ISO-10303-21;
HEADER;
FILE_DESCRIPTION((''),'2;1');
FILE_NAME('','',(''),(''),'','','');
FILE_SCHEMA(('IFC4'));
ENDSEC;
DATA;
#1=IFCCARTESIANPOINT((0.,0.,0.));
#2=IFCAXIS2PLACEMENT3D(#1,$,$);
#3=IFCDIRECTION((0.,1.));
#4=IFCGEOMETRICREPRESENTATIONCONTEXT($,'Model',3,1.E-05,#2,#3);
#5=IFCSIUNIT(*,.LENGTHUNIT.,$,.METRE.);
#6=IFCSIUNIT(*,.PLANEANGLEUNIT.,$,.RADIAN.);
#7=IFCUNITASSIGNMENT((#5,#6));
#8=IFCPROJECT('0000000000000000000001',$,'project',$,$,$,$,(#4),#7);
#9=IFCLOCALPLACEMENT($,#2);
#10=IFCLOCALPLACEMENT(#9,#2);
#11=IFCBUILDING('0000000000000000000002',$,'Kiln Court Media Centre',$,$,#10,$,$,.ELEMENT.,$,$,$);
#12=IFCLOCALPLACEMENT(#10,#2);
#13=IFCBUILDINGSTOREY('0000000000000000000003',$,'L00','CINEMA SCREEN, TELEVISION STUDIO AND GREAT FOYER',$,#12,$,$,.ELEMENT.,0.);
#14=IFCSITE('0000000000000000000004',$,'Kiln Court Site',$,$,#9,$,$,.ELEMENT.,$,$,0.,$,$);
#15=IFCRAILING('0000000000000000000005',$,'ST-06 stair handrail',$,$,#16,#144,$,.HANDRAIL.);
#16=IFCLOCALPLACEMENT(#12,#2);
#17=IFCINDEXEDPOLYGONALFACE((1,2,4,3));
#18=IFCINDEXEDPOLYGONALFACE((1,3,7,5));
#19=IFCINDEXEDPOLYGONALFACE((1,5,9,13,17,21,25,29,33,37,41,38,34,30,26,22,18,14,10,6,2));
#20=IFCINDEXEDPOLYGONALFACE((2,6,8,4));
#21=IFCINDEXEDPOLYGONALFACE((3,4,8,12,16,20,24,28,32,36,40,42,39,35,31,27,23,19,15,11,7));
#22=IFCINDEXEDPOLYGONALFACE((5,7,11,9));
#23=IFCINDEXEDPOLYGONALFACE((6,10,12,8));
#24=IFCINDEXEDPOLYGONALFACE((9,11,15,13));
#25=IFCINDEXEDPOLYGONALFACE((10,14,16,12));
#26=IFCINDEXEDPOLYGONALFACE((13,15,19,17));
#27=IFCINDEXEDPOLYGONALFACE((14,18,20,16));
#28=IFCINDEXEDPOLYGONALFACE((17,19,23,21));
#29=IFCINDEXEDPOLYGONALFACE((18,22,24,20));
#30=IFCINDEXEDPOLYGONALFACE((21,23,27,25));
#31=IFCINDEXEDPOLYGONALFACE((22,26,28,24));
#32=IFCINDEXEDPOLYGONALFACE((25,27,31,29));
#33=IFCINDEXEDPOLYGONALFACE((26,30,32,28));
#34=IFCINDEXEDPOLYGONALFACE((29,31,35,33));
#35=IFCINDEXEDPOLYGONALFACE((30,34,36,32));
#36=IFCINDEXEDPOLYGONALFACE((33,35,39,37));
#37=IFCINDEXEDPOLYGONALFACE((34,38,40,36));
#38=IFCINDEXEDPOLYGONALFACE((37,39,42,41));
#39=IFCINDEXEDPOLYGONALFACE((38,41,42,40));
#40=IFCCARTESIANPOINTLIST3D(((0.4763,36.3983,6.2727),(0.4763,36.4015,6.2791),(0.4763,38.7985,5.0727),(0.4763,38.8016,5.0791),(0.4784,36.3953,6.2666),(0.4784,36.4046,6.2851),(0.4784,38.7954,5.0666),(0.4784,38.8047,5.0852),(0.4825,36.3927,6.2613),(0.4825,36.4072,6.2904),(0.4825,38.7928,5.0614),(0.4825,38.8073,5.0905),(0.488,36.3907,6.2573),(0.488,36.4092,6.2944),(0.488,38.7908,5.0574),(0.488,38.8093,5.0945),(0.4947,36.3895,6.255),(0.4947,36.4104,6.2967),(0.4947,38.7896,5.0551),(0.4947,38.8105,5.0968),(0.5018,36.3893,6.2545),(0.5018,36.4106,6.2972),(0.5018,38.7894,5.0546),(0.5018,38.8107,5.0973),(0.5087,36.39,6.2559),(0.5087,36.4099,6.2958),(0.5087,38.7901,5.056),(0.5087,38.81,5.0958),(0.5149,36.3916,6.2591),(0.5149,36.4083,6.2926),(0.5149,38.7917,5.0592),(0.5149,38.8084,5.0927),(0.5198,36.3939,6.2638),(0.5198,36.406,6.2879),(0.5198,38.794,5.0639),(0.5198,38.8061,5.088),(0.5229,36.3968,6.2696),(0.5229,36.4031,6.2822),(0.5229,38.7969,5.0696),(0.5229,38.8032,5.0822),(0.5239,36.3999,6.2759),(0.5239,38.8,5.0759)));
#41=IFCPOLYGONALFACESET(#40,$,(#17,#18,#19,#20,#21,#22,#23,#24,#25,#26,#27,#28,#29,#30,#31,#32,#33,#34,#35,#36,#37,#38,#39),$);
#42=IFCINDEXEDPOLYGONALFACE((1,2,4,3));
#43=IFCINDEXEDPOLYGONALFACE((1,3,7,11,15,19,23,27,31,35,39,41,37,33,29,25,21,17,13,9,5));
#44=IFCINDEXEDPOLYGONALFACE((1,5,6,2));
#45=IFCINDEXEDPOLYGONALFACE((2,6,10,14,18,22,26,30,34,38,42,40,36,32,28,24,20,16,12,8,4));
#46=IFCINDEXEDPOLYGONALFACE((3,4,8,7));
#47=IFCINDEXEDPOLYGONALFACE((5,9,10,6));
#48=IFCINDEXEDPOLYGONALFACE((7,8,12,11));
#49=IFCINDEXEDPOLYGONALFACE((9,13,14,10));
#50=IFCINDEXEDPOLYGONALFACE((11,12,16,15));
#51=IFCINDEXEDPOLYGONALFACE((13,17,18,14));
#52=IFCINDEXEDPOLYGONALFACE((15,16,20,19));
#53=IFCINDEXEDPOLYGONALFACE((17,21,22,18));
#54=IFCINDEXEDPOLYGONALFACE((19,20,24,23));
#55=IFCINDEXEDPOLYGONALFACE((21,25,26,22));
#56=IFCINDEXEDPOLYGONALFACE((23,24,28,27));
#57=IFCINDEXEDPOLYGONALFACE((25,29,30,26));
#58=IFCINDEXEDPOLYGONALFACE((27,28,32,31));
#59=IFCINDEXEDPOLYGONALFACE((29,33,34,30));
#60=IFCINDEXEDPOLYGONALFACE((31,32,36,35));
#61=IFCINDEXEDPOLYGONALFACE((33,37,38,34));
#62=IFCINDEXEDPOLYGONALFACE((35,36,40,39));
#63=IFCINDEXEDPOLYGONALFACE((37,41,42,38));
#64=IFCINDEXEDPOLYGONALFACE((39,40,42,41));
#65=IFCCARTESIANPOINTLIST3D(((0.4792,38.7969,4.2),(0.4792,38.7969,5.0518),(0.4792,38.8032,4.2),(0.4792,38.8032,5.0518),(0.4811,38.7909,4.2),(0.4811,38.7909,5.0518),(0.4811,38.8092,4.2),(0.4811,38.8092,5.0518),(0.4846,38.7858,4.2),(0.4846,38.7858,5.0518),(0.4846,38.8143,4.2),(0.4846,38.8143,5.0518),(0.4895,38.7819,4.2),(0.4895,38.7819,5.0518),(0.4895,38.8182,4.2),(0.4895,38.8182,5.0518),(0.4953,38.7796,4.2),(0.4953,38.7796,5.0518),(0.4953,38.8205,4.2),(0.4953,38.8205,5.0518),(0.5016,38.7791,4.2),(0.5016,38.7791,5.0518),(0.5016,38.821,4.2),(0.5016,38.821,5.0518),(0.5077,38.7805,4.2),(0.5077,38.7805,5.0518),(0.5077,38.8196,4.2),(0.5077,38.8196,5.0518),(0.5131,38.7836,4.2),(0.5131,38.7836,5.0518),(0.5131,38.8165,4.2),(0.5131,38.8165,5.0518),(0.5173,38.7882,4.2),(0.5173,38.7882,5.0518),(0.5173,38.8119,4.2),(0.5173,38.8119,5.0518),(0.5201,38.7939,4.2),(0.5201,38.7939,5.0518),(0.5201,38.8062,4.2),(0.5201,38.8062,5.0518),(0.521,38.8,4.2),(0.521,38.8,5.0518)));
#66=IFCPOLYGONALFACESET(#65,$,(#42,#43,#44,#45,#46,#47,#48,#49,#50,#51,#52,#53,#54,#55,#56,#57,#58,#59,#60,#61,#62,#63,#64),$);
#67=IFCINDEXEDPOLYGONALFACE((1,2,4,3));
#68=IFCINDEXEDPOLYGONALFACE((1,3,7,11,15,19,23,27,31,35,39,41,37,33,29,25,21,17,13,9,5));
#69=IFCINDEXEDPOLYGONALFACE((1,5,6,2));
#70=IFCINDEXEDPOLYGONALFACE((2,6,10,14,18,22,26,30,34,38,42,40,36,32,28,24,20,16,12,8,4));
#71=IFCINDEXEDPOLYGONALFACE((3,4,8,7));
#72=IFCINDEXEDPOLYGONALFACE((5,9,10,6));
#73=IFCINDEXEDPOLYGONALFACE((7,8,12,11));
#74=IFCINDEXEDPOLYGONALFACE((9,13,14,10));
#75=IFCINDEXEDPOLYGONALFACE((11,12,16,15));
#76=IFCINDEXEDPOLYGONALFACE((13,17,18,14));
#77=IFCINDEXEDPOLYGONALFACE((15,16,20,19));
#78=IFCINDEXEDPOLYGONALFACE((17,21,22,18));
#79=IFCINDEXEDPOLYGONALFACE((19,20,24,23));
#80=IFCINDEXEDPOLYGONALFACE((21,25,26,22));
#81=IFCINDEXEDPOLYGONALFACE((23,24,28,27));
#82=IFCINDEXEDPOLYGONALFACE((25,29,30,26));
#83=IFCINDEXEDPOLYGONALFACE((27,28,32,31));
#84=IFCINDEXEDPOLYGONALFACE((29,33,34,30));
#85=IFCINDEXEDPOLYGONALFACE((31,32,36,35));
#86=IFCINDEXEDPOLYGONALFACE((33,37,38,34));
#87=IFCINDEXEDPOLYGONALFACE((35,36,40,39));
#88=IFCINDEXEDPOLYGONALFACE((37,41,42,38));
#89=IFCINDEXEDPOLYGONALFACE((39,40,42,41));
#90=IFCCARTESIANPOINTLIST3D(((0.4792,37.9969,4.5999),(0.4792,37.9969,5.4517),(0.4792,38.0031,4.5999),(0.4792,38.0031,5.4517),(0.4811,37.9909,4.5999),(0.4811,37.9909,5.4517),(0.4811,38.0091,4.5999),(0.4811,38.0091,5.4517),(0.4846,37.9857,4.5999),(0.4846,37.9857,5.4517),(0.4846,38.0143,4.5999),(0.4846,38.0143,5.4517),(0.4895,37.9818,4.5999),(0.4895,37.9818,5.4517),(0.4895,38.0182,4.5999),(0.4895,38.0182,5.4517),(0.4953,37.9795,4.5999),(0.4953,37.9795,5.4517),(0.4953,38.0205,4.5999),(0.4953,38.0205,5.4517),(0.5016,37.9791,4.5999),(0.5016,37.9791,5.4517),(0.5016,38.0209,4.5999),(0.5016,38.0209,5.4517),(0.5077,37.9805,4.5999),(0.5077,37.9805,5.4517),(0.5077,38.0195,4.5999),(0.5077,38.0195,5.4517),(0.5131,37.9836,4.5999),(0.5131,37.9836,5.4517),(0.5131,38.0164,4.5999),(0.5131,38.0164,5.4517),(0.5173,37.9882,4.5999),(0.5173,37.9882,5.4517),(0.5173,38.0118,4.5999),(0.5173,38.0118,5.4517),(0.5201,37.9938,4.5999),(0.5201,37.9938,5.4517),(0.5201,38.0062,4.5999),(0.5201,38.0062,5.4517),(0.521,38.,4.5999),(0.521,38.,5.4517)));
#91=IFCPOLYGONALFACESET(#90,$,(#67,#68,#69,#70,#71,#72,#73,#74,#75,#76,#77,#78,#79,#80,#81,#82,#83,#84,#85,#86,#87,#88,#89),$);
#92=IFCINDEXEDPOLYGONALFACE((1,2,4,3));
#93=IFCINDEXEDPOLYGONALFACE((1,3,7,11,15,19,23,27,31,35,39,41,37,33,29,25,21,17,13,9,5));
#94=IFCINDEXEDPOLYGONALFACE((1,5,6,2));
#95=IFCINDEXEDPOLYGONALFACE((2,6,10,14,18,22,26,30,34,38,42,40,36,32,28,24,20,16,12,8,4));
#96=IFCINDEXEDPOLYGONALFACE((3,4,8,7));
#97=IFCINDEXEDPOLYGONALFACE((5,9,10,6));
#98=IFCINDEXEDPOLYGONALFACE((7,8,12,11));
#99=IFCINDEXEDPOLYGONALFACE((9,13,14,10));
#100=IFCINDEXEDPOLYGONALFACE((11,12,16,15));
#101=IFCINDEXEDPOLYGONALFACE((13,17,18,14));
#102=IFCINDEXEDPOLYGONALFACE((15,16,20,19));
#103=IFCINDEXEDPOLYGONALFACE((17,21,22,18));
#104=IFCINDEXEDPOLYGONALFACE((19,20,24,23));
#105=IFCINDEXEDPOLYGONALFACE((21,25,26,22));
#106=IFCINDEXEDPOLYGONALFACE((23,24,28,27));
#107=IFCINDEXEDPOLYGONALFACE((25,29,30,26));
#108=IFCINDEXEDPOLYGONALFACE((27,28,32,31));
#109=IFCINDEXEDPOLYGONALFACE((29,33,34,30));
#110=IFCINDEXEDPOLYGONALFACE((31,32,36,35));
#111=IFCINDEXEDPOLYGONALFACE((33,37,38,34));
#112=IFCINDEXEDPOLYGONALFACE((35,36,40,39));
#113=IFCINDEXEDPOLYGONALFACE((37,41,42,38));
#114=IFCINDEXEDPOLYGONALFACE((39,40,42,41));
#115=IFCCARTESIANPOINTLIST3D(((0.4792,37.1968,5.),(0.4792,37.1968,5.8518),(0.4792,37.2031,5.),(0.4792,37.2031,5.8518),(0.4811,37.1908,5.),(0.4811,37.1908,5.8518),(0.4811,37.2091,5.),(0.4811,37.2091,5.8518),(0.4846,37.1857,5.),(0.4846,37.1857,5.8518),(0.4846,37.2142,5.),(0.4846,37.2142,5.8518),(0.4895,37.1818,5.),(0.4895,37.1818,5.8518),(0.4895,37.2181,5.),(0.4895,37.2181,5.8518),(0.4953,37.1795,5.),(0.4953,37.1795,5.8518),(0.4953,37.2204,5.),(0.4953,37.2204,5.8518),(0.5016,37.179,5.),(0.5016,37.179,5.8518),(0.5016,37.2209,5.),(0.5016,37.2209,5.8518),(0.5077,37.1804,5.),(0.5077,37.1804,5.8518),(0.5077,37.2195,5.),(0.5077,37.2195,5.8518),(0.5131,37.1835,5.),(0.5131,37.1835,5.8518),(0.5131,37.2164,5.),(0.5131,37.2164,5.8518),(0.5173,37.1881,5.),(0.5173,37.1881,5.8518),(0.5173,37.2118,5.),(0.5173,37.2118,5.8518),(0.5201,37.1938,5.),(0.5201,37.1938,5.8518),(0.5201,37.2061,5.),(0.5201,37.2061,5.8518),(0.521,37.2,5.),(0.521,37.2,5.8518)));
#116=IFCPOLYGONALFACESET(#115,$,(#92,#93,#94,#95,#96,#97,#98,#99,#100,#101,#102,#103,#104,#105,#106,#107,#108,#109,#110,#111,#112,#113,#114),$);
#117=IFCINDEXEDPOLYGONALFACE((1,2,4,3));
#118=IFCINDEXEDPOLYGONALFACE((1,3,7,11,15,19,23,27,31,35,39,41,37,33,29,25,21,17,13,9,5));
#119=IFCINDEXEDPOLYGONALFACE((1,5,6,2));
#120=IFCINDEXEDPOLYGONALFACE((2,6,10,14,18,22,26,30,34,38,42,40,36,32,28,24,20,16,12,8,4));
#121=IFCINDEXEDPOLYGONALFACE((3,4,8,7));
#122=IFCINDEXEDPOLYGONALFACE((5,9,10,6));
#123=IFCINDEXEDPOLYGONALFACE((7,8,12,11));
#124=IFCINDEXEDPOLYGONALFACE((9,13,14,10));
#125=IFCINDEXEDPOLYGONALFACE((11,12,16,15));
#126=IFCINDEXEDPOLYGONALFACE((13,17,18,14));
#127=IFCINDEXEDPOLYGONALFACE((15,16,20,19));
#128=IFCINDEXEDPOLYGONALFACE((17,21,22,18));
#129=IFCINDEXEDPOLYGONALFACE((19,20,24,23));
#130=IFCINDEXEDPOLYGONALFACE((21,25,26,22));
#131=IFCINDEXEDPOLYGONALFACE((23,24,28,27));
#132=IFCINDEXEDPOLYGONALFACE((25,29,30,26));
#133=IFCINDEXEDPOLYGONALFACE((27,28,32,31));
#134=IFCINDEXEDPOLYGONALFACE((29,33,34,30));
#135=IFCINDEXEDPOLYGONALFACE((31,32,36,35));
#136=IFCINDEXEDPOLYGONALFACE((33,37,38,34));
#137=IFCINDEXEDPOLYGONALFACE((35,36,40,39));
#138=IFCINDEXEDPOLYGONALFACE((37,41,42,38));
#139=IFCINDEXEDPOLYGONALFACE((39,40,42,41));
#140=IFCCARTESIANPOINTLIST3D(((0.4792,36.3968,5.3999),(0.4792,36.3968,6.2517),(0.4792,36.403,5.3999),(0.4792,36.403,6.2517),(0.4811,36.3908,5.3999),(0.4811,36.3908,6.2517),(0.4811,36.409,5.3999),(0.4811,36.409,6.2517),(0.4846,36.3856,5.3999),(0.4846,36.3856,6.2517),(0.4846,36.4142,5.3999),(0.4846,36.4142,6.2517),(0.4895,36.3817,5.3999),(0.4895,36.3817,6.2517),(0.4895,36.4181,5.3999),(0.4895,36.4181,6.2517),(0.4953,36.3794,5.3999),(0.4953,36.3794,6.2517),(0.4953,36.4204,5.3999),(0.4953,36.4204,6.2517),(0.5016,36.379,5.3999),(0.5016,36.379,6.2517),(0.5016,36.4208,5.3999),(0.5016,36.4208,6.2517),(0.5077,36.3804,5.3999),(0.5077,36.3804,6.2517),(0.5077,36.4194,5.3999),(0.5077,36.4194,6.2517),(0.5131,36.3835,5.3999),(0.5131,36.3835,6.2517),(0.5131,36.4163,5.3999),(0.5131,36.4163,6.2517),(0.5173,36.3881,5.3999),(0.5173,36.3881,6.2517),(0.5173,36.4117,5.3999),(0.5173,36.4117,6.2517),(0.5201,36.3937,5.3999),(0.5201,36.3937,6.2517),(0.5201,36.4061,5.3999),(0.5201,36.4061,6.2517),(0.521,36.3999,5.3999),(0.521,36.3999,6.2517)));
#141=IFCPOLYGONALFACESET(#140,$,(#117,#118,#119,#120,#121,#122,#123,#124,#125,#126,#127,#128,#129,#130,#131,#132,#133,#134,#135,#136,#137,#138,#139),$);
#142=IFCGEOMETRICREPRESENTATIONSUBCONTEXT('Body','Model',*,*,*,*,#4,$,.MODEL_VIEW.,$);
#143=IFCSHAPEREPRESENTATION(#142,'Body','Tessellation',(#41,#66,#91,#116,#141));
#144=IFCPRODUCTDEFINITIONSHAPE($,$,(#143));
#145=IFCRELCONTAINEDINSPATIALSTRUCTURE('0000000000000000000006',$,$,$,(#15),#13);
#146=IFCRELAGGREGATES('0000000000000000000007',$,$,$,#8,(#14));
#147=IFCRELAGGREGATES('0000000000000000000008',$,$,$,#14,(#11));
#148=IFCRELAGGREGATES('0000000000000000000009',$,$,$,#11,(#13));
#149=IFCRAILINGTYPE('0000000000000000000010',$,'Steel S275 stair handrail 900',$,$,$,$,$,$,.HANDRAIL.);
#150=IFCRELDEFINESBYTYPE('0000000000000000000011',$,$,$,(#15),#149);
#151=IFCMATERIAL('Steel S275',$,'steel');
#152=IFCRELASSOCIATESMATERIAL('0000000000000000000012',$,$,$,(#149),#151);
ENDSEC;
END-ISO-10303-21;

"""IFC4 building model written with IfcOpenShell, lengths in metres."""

from ifc_helpers import new_model, si_unit, direction, frame, origin, origin_2d, place, context, subcontext, project, spatial, circle, extrude, material, type_object, element, save


model = new_model("IFC4")

# Units and contexts
model_context = context("Model", 3, precision=1e-05, world=origin(), true_north=direction((0.0, 1.0)))
body_context = subcontext(model_context, "Body", "Model", "MODEL_VIEW")
ifc_project = project(units=[si_unit("LENGTHUNIT", "METRE"), si_unit("PLANEANGLEUNIT", "RADIAN")], contexts=[model_context])

# Site, building, storey
site_placement = place(None, origin())
site = spatial("IfcSite", under=ifc_project, at=site_placement, Name="Kiln Court Site", CompositionType="ELEMENT", RefElevation=0.0)
building_placement = place(site_placement, origin())
building = spatial("IfcBuilding", under=site, at=building_placement, Name="Kiln Court Media Centre", CompositionType="ELEMENT")
storey_placement = place(building_placement, origin())
storey = spatial("IfcBuildingStorey", under=building, at=storey_placement, Name="L00", Description="CINEMA SCREEN, TELEVISION STUDIO AND GREAT FOYER", CompositionType="ELEMENT", Elevation=0.0)

# Railing
ifc_material_1 = material(Name="Steel S275", Category="steel")
railing_type_1 = type_object("IfcRailingType", Name="Steel S275 stair handrail 900", PredefinedType="HANDRAIL", material=ifc_material_1)
for number, where, name in (
    (1, (0.5, 38.8, 4.2), "ST-06 stair handrail"),
):
    element("IfcRailing", number, at=place(storey_placement, frame(where)), inside=storey, type_object=railing_type_1, Name=name, PredefinedType="HANDRAIL", context=body_context, shape_type="SweptSolid", body=[
        extrude(circle(Radius=0.0239, at=origin_2d()), frame((0.0, 0.0, 0.876), z_axis=(0.0, -0.894445, 0.447177), x_axis=(1.0, 0.0, 0.0)), (0.0, 0.0, 1.0), 2.6833),
        extrude(circle(Radius=0.021, at=origin_2d()), origin(), (0.0, 0.0, 1.0), 0.8518),
        extrude(circle(Radius=0.021, at=origin_2d()), frame((0.0, -0.8, 0.3999)), (0.0, 0.0, 1.0), 0.8518),
        extrude(circle(Radius=0.021, at=origin_2d()), frame((0.0, -1.6001, 0.8)), (0.0, 0.0, 1.0), 0.8518),
        extrude(circle(Radius=0.021, at=origin_2d()), frame((0.0, -2.4001, 1.2)), (0.0, 0.0, 1.0), 0.8518),
    ])

save(model, "model.ifc")
